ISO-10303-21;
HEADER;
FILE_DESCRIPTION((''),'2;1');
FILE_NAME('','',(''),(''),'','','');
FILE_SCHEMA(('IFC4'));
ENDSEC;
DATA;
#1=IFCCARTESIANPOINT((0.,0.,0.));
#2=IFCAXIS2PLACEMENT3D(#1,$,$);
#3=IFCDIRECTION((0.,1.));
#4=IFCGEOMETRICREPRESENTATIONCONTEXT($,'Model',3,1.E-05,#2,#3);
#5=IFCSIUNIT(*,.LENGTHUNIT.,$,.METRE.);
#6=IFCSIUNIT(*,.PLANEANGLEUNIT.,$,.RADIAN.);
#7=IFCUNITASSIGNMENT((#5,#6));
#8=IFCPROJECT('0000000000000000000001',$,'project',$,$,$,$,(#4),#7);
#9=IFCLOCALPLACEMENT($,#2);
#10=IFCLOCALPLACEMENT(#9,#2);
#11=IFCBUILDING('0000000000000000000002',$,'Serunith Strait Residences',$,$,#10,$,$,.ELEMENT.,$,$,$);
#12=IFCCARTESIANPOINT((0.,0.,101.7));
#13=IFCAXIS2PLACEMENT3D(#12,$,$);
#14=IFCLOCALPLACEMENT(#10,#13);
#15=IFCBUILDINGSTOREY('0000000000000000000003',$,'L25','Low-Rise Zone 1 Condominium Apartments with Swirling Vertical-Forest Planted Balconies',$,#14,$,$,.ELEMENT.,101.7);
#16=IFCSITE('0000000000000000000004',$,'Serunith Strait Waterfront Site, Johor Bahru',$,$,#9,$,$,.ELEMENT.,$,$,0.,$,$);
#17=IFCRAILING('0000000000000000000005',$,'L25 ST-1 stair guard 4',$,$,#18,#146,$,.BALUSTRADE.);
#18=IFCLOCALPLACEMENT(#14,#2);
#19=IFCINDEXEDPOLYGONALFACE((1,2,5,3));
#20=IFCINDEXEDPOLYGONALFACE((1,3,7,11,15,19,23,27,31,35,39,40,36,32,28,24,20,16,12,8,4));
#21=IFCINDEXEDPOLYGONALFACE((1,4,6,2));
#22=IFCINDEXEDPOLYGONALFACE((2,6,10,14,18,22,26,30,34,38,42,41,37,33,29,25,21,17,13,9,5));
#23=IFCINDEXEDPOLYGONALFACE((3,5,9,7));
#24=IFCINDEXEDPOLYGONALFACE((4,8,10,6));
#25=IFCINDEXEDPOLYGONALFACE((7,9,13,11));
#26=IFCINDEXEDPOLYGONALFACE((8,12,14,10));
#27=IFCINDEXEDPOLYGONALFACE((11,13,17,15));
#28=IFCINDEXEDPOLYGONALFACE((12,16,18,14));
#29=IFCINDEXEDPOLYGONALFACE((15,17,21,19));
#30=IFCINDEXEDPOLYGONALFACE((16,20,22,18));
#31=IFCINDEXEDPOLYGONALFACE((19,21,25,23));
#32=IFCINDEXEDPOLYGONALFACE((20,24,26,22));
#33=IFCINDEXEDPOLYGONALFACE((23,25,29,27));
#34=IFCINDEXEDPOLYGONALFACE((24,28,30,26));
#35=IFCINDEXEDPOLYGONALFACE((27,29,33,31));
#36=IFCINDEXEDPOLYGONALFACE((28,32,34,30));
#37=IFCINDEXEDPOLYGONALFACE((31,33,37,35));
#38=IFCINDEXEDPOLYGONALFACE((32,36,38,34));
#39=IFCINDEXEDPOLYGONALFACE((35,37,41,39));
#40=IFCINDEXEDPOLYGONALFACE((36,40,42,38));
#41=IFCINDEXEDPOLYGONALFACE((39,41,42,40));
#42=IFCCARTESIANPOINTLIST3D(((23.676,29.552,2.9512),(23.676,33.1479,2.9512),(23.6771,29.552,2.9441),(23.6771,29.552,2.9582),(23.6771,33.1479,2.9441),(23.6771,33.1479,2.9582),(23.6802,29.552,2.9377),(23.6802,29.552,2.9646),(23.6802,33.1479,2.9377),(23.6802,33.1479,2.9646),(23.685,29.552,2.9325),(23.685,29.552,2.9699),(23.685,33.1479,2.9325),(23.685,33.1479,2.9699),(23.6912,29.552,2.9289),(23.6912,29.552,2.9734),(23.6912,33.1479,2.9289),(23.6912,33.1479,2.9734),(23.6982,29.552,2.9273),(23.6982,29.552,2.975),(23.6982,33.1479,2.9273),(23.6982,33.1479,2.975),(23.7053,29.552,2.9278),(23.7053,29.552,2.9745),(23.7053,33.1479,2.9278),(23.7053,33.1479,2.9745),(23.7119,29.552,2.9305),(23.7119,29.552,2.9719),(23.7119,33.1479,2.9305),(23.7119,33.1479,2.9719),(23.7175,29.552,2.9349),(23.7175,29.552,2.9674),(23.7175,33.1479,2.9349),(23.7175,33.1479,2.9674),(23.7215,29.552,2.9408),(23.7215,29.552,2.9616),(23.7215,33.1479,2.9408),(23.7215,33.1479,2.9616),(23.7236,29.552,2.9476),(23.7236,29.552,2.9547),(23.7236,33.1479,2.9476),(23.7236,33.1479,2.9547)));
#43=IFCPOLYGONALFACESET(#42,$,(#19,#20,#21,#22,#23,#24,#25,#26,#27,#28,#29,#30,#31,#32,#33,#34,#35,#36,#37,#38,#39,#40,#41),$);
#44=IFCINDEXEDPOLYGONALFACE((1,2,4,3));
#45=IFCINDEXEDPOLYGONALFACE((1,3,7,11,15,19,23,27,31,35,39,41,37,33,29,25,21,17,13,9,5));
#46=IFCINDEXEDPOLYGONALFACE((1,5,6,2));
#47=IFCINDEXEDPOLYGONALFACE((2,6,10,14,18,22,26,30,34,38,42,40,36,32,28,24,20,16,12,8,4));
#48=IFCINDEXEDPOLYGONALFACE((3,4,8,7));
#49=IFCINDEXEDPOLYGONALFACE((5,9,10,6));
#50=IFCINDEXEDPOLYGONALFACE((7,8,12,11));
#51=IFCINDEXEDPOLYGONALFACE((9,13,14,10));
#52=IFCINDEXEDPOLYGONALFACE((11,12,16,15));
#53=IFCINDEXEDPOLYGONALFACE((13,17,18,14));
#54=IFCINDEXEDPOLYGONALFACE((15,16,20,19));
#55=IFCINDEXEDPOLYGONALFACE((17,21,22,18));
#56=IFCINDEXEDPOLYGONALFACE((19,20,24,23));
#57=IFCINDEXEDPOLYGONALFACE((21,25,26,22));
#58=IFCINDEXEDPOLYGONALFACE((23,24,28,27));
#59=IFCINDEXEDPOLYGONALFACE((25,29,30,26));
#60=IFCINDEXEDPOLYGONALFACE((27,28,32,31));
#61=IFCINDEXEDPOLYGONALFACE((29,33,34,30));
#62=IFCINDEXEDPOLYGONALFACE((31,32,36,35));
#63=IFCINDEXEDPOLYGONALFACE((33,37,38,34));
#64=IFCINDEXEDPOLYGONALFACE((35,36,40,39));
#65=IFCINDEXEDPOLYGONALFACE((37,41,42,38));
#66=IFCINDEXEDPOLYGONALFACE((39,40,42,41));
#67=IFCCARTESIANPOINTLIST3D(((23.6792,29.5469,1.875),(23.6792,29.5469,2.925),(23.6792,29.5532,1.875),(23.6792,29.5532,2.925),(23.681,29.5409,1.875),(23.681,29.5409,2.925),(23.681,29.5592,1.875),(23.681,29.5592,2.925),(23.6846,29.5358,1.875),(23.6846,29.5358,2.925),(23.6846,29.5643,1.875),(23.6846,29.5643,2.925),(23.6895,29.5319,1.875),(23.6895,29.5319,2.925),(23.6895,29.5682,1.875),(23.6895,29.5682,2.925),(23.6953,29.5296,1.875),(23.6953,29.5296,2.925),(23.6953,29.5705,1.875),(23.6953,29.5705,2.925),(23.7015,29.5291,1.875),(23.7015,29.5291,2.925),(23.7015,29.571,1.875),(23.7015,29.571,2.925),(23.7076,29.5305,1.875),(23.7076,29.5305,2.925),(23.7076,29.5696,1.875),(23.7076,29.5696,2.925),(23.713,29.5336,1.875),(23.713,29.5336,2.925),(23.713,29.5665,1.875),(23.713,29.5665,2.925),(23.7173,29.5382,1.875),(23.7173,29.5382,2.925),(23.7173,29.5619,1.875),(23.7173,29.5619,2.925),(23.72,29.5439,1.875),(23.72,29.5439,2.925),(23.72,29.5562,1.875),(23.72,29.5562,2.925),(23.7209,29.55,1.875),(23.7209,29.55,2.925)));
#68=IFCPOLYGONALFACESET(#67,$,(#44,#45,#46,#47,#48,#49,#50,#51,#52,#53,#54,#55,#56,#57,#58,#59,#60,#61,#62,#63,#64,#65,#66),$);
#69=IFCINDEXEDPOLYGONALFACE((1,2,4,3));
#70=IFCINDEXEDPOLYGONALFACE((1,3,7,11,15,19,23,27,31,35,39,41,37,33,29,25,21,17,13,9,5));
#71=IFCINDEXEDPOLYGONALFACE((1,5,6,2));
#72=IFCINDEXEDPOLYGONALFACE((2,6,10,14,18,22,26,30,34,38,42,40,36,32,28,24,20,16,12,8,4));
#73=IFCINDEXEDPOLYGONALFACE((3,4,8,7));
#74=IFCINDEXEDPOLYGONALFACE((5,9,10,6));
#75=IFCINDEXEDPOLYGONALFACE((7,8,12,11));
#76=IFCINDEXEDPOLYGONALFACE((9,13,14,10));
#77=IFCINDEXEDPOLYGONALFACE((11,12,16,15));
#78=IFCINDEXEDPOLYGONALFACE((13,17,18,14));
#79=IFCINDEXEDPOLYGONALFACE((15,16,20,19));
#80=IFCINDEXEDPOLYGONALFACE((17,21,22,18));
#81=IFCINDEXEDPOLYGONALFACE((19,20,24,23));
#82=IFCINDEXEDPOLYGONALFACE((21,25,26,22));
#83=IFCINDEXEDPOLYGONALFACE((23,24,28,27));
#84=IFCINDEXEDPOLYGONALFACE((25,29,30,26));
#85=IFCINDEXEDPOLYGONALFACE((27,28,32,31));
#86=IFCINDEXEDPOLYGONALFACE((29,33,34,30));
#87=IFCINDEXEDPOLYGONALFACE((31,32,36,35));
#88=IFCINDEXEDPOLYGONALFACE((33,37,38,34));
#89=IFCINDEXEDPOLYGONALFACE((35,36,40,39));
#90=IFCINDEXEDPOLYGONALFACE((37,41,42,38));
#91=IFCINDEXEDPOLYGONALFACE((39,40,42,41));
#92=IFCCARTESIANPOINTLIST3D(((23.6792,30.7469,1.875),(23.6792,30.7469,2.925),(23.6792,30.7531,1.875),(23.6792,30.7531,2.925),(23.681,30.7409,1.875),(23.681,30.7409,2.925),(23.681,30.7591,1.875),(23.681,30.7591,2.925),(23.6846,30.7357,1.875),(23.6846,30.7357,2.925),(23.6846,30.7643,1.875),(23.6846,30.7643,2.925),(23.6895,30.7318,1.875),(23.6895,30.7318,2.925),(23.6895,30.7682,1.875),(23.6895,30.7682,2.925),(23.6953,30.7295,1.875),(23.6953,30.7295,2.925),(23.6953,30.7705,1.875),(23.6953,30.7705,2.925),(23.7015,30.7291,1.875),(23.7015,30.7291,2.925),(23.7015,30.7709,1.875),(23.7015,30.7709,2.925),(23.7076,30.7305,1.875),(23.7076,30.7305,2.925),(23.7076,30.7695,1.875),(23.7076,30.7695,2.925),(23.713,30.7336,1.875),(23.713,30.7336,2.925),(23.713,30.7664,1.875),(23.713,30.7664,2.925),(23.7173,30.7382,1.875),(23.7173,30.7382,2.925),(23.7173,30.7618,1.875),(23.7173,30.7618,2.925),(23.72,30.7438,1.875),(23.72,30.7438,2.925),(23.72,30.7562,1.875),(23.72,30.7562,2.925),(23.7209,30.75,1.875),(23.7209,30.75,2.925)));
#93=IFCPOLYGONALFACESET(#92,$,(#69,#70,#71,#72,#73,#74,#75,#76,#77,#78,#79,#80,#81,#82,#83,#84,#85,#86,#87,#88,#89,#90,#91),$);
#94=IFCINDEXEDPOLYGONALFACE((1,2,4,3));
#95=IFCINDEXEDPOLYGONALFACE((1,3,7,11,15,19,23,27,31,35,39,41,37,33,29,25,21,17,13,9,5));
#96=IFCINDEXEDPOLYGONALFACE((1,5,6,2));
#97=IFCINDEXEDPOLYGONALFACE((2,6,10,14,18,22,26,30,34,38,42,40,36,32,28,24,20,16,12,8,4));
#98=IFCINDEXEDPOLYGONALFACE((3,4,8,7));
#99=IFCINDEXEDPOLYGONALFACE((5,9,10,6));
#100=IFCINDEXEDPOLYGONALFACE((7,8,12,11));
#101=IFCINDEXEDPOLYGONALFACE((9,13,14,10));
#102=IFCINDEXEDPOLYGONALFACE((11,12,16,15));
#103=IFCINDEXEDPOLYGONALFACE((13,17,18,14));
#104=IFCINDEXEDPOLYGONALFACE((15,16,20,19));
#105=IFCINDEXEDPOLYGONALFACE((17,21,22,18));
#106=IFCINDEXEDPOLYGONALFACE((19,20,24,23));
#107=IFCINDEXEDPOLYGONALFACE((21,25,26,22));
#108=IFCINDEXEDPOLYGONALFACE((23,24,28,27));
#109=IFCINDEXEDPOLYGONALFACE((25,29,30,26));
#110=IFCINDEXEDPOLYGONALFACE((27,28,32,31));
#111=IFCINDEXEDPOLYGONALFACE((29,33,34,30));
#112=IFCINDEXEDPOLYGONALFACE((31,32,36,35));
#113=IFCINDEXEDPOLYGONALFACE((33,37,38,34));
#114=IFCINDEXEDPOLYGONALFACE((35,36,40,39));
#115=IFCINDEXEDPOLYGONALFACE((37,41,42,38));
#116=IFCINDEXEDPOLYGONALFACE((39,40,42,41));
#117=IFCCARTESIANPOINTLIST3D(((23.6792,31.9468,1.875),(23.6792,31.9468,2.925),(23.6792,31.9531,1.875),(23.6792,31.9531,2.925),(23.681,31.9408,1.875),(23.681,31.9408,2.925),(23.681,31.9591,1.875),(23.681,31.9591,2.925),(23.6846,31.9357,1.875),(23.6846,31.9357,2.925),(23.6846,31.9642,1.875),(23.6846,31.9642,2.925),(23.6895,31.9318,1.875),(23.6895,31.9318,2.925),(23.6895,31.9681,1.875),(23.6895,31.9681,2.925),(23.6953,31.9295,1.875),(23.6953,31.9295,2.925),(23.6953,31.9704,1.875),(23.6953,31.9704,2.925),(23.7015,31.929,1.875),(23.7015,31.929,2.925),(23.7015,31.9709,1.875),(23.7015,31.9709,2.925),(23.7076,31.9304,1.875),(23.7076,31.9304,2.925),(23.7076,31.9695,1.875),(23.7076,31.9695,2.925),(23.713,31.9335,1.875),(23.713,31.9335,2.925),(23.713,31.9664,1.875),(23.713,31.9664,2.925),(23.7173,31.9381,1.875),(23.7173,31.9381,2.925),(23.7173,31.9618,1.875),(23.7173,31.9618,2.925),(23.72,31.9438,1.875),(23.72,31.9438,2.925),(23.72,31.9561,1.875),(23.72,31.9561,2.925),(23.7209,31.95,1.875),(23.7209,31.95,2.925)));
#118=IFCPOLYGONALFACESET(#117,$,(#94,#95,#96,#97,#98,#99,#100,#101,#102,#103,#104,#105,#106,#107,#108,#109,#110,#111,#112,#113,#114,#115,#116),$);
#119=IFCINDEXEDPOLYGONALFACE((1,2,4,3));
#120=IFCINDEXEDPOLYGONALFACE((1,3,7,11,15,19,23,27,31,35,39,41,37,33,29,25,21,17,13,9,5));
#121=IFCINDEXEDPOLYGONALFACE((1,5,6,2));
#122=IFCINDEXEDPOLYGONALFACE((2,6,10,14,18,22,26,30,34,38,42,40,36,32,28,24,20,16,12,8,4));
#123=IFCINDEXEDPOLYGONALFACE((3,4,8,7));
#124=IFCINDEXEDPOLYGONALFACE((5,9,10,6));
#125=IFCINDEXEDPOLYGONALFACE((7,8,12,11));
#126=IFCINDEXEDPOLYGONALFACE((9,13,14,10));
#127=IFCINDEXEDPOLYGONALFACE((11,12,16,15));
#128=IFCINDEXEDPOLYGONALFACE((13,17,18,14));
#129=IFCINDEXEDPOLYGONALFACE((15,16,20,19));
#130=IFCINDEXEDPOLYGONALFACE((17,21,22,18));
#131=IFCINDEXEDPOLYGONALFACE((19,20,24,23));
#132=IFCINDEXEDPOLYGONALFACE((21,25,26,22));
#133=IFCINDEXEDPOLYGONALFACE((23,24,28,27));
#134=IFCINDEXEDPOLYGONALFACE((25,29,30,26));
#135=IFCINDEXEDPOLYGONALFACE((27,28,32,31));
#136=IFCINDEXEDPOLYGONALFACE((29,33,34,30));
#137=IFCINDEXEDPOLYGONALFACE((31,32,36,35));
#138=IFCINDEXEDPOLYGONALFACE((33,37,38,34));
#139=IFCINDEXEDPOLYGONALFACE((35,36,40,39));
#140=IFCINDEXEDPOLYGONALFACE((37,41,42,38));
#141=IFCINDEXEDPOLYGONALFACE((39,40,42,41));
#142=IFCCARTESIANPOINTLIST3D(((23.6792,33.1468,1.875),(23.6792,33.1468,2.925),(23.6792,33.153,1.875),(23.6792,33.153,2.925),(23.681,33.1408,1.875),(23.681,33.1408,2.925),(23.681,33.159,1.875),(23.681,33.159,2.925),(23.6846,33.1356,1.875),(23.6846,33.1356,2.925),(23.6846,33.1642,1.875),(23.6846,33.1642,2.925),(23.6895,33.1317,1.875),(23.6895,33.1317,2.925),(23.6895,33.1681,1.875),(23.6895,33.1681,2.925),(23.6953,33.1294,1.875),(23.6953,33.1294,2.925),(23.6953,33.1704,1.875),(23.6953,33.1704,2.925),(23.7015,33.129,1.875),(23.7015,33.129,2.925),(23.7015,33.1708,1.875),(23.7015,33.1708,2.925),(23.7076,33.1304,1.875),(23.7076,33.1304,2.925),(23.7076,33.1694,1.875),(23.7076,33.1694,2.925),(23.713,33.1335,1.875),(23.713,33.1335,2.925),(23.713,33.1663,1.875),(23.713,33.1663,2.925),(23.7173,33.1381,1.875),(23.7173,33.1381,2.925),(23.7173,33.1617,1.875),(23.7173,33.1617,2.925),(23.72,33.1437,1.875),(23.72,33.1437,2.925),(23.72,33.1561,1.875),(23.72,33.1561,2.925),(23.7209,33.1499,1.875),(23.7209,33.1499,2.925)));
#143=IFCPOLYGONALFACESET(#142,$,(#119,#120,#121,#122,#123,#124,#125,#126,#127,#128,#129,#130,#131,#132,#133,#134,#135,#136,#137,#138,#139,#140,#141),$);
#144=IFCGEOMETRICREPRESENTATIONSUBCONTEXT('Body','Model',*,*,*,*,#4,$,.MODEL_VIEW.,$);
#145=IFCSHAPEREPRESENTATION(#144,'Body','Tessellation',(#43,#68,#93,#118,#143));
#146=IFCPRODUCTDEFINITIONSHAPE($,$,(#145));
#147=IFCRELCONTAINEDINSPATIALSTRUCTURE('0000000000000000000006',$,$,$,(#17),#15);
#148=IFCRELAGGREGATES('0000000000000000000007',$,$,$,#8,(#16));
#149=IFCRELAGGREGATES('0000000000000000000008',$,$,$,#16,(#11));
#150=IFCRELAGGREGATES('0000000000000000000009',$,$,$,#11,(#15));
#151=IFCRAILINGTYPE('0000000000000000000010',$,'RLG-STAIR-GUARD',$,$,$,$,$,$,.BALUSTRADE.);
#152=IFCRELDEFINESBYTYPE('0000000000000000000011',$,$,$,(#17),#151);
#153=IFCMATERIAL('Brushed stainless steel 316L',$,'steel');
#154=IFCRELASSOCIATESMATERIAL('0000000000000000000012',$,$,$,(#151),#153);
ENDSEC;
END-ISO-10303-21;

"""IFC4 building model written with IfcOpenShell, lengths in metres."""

from ifc_helpers import new_model, si_unit, direction, frame, origin, origin_2d, place, context, subcontext, project, spatial, circle, extrude, material, type_object, element, save


model = new_model("IFC4")

# Units and contexts
model_context = context("Model", 3, precision=1e-05, world=origin(), true_north=direction((0.0, 1.0)))
body_context = subcontext(model_context, "Body", "Model", "MODEL_VIEW")
ifc_project = project(units=[si_unit("LENGTHUNIT", "METRE"), si_unit("PLANEANGLEUNIT", "RADIAN")], contexts=[model_context])

# Site, building, storey
site_placement = place(None, origin())
site = spatial("IfcSite", under=ifc_project, at=site_placement, Name="Serunith Strait Waterfront Site, Johor Bahru", CompositionType="ELEMENT", RefElevation=0.0)
building_placement = place(site_placement, origin())
building = spatial("IfcBuilding", under=site, at=building_placement, Name="Serunith Strait Residences", CompositionType="ELEMENT")
storey_placement = place(building_placement, frame((0.0, 0.0, 101.7)))
storey = spatial("IfcBuildingStorey", under=building, at=storey_placement, Name="L25", Description="Low-Rise Zone 1 Condominium Apartments with Swirling Vertical-Forest Planted Balconies", CompositionType="ELEMENT", Elevation=101.7)

# Railing
ifc_material_1 = material(Name="Brushed stainless steel 316L", Category="steel")
railing_type_1 = type_object("IfcRailingType", Name="RLG-STAIR-GUARD", PredefinedType="BALUSTRADE", material=ifc_material_1)
for number, where, name in (
    (1, (23.7, 29.55, 1.875), "L25 ST-1 stair guard 4"),
):
    element("IfcRailing", number, at=place(storey_placement, frame(where)), inside=storey, type_object=railing_type_1, Name=name, PredefinedType="BALUSTRADE", context=body_context, shape_type="SweptSolid", body=[
        extrude(circle(Radius=0.0239, at=origin_2d()), frame((0.0, 0.002, 1.0762), z_axis=(0.0, 1.0, 0.0), x_axis=(-1.0, 0.0, 0.0)), (0.0, 0.0, 1.0), 3.5959),
        extrude(circle(Radius=0.021, at=origin_2d()), origin(), (0.0, 0.0, 1.0), 1.05),
        extrude(circle(Radius=0.021, at=origin_2d()), frame((0.0, 1.2, 0.0)), (0.0, 0.0, 1.0), 1.05),
        extrude(circle(Radius=0.021, at=origin_2d()), frame((0.0, 2.3999, 0.0)), (0.0, 0.0, 1.0), 1.05),
        extrude(circle(Radius=0.021, at=origin_2d()), frame((0.0, 3.5999, 0.0)), (0.0, 0.0, 1.0), 1.05),
    ])

save(model, "model.ifc")
